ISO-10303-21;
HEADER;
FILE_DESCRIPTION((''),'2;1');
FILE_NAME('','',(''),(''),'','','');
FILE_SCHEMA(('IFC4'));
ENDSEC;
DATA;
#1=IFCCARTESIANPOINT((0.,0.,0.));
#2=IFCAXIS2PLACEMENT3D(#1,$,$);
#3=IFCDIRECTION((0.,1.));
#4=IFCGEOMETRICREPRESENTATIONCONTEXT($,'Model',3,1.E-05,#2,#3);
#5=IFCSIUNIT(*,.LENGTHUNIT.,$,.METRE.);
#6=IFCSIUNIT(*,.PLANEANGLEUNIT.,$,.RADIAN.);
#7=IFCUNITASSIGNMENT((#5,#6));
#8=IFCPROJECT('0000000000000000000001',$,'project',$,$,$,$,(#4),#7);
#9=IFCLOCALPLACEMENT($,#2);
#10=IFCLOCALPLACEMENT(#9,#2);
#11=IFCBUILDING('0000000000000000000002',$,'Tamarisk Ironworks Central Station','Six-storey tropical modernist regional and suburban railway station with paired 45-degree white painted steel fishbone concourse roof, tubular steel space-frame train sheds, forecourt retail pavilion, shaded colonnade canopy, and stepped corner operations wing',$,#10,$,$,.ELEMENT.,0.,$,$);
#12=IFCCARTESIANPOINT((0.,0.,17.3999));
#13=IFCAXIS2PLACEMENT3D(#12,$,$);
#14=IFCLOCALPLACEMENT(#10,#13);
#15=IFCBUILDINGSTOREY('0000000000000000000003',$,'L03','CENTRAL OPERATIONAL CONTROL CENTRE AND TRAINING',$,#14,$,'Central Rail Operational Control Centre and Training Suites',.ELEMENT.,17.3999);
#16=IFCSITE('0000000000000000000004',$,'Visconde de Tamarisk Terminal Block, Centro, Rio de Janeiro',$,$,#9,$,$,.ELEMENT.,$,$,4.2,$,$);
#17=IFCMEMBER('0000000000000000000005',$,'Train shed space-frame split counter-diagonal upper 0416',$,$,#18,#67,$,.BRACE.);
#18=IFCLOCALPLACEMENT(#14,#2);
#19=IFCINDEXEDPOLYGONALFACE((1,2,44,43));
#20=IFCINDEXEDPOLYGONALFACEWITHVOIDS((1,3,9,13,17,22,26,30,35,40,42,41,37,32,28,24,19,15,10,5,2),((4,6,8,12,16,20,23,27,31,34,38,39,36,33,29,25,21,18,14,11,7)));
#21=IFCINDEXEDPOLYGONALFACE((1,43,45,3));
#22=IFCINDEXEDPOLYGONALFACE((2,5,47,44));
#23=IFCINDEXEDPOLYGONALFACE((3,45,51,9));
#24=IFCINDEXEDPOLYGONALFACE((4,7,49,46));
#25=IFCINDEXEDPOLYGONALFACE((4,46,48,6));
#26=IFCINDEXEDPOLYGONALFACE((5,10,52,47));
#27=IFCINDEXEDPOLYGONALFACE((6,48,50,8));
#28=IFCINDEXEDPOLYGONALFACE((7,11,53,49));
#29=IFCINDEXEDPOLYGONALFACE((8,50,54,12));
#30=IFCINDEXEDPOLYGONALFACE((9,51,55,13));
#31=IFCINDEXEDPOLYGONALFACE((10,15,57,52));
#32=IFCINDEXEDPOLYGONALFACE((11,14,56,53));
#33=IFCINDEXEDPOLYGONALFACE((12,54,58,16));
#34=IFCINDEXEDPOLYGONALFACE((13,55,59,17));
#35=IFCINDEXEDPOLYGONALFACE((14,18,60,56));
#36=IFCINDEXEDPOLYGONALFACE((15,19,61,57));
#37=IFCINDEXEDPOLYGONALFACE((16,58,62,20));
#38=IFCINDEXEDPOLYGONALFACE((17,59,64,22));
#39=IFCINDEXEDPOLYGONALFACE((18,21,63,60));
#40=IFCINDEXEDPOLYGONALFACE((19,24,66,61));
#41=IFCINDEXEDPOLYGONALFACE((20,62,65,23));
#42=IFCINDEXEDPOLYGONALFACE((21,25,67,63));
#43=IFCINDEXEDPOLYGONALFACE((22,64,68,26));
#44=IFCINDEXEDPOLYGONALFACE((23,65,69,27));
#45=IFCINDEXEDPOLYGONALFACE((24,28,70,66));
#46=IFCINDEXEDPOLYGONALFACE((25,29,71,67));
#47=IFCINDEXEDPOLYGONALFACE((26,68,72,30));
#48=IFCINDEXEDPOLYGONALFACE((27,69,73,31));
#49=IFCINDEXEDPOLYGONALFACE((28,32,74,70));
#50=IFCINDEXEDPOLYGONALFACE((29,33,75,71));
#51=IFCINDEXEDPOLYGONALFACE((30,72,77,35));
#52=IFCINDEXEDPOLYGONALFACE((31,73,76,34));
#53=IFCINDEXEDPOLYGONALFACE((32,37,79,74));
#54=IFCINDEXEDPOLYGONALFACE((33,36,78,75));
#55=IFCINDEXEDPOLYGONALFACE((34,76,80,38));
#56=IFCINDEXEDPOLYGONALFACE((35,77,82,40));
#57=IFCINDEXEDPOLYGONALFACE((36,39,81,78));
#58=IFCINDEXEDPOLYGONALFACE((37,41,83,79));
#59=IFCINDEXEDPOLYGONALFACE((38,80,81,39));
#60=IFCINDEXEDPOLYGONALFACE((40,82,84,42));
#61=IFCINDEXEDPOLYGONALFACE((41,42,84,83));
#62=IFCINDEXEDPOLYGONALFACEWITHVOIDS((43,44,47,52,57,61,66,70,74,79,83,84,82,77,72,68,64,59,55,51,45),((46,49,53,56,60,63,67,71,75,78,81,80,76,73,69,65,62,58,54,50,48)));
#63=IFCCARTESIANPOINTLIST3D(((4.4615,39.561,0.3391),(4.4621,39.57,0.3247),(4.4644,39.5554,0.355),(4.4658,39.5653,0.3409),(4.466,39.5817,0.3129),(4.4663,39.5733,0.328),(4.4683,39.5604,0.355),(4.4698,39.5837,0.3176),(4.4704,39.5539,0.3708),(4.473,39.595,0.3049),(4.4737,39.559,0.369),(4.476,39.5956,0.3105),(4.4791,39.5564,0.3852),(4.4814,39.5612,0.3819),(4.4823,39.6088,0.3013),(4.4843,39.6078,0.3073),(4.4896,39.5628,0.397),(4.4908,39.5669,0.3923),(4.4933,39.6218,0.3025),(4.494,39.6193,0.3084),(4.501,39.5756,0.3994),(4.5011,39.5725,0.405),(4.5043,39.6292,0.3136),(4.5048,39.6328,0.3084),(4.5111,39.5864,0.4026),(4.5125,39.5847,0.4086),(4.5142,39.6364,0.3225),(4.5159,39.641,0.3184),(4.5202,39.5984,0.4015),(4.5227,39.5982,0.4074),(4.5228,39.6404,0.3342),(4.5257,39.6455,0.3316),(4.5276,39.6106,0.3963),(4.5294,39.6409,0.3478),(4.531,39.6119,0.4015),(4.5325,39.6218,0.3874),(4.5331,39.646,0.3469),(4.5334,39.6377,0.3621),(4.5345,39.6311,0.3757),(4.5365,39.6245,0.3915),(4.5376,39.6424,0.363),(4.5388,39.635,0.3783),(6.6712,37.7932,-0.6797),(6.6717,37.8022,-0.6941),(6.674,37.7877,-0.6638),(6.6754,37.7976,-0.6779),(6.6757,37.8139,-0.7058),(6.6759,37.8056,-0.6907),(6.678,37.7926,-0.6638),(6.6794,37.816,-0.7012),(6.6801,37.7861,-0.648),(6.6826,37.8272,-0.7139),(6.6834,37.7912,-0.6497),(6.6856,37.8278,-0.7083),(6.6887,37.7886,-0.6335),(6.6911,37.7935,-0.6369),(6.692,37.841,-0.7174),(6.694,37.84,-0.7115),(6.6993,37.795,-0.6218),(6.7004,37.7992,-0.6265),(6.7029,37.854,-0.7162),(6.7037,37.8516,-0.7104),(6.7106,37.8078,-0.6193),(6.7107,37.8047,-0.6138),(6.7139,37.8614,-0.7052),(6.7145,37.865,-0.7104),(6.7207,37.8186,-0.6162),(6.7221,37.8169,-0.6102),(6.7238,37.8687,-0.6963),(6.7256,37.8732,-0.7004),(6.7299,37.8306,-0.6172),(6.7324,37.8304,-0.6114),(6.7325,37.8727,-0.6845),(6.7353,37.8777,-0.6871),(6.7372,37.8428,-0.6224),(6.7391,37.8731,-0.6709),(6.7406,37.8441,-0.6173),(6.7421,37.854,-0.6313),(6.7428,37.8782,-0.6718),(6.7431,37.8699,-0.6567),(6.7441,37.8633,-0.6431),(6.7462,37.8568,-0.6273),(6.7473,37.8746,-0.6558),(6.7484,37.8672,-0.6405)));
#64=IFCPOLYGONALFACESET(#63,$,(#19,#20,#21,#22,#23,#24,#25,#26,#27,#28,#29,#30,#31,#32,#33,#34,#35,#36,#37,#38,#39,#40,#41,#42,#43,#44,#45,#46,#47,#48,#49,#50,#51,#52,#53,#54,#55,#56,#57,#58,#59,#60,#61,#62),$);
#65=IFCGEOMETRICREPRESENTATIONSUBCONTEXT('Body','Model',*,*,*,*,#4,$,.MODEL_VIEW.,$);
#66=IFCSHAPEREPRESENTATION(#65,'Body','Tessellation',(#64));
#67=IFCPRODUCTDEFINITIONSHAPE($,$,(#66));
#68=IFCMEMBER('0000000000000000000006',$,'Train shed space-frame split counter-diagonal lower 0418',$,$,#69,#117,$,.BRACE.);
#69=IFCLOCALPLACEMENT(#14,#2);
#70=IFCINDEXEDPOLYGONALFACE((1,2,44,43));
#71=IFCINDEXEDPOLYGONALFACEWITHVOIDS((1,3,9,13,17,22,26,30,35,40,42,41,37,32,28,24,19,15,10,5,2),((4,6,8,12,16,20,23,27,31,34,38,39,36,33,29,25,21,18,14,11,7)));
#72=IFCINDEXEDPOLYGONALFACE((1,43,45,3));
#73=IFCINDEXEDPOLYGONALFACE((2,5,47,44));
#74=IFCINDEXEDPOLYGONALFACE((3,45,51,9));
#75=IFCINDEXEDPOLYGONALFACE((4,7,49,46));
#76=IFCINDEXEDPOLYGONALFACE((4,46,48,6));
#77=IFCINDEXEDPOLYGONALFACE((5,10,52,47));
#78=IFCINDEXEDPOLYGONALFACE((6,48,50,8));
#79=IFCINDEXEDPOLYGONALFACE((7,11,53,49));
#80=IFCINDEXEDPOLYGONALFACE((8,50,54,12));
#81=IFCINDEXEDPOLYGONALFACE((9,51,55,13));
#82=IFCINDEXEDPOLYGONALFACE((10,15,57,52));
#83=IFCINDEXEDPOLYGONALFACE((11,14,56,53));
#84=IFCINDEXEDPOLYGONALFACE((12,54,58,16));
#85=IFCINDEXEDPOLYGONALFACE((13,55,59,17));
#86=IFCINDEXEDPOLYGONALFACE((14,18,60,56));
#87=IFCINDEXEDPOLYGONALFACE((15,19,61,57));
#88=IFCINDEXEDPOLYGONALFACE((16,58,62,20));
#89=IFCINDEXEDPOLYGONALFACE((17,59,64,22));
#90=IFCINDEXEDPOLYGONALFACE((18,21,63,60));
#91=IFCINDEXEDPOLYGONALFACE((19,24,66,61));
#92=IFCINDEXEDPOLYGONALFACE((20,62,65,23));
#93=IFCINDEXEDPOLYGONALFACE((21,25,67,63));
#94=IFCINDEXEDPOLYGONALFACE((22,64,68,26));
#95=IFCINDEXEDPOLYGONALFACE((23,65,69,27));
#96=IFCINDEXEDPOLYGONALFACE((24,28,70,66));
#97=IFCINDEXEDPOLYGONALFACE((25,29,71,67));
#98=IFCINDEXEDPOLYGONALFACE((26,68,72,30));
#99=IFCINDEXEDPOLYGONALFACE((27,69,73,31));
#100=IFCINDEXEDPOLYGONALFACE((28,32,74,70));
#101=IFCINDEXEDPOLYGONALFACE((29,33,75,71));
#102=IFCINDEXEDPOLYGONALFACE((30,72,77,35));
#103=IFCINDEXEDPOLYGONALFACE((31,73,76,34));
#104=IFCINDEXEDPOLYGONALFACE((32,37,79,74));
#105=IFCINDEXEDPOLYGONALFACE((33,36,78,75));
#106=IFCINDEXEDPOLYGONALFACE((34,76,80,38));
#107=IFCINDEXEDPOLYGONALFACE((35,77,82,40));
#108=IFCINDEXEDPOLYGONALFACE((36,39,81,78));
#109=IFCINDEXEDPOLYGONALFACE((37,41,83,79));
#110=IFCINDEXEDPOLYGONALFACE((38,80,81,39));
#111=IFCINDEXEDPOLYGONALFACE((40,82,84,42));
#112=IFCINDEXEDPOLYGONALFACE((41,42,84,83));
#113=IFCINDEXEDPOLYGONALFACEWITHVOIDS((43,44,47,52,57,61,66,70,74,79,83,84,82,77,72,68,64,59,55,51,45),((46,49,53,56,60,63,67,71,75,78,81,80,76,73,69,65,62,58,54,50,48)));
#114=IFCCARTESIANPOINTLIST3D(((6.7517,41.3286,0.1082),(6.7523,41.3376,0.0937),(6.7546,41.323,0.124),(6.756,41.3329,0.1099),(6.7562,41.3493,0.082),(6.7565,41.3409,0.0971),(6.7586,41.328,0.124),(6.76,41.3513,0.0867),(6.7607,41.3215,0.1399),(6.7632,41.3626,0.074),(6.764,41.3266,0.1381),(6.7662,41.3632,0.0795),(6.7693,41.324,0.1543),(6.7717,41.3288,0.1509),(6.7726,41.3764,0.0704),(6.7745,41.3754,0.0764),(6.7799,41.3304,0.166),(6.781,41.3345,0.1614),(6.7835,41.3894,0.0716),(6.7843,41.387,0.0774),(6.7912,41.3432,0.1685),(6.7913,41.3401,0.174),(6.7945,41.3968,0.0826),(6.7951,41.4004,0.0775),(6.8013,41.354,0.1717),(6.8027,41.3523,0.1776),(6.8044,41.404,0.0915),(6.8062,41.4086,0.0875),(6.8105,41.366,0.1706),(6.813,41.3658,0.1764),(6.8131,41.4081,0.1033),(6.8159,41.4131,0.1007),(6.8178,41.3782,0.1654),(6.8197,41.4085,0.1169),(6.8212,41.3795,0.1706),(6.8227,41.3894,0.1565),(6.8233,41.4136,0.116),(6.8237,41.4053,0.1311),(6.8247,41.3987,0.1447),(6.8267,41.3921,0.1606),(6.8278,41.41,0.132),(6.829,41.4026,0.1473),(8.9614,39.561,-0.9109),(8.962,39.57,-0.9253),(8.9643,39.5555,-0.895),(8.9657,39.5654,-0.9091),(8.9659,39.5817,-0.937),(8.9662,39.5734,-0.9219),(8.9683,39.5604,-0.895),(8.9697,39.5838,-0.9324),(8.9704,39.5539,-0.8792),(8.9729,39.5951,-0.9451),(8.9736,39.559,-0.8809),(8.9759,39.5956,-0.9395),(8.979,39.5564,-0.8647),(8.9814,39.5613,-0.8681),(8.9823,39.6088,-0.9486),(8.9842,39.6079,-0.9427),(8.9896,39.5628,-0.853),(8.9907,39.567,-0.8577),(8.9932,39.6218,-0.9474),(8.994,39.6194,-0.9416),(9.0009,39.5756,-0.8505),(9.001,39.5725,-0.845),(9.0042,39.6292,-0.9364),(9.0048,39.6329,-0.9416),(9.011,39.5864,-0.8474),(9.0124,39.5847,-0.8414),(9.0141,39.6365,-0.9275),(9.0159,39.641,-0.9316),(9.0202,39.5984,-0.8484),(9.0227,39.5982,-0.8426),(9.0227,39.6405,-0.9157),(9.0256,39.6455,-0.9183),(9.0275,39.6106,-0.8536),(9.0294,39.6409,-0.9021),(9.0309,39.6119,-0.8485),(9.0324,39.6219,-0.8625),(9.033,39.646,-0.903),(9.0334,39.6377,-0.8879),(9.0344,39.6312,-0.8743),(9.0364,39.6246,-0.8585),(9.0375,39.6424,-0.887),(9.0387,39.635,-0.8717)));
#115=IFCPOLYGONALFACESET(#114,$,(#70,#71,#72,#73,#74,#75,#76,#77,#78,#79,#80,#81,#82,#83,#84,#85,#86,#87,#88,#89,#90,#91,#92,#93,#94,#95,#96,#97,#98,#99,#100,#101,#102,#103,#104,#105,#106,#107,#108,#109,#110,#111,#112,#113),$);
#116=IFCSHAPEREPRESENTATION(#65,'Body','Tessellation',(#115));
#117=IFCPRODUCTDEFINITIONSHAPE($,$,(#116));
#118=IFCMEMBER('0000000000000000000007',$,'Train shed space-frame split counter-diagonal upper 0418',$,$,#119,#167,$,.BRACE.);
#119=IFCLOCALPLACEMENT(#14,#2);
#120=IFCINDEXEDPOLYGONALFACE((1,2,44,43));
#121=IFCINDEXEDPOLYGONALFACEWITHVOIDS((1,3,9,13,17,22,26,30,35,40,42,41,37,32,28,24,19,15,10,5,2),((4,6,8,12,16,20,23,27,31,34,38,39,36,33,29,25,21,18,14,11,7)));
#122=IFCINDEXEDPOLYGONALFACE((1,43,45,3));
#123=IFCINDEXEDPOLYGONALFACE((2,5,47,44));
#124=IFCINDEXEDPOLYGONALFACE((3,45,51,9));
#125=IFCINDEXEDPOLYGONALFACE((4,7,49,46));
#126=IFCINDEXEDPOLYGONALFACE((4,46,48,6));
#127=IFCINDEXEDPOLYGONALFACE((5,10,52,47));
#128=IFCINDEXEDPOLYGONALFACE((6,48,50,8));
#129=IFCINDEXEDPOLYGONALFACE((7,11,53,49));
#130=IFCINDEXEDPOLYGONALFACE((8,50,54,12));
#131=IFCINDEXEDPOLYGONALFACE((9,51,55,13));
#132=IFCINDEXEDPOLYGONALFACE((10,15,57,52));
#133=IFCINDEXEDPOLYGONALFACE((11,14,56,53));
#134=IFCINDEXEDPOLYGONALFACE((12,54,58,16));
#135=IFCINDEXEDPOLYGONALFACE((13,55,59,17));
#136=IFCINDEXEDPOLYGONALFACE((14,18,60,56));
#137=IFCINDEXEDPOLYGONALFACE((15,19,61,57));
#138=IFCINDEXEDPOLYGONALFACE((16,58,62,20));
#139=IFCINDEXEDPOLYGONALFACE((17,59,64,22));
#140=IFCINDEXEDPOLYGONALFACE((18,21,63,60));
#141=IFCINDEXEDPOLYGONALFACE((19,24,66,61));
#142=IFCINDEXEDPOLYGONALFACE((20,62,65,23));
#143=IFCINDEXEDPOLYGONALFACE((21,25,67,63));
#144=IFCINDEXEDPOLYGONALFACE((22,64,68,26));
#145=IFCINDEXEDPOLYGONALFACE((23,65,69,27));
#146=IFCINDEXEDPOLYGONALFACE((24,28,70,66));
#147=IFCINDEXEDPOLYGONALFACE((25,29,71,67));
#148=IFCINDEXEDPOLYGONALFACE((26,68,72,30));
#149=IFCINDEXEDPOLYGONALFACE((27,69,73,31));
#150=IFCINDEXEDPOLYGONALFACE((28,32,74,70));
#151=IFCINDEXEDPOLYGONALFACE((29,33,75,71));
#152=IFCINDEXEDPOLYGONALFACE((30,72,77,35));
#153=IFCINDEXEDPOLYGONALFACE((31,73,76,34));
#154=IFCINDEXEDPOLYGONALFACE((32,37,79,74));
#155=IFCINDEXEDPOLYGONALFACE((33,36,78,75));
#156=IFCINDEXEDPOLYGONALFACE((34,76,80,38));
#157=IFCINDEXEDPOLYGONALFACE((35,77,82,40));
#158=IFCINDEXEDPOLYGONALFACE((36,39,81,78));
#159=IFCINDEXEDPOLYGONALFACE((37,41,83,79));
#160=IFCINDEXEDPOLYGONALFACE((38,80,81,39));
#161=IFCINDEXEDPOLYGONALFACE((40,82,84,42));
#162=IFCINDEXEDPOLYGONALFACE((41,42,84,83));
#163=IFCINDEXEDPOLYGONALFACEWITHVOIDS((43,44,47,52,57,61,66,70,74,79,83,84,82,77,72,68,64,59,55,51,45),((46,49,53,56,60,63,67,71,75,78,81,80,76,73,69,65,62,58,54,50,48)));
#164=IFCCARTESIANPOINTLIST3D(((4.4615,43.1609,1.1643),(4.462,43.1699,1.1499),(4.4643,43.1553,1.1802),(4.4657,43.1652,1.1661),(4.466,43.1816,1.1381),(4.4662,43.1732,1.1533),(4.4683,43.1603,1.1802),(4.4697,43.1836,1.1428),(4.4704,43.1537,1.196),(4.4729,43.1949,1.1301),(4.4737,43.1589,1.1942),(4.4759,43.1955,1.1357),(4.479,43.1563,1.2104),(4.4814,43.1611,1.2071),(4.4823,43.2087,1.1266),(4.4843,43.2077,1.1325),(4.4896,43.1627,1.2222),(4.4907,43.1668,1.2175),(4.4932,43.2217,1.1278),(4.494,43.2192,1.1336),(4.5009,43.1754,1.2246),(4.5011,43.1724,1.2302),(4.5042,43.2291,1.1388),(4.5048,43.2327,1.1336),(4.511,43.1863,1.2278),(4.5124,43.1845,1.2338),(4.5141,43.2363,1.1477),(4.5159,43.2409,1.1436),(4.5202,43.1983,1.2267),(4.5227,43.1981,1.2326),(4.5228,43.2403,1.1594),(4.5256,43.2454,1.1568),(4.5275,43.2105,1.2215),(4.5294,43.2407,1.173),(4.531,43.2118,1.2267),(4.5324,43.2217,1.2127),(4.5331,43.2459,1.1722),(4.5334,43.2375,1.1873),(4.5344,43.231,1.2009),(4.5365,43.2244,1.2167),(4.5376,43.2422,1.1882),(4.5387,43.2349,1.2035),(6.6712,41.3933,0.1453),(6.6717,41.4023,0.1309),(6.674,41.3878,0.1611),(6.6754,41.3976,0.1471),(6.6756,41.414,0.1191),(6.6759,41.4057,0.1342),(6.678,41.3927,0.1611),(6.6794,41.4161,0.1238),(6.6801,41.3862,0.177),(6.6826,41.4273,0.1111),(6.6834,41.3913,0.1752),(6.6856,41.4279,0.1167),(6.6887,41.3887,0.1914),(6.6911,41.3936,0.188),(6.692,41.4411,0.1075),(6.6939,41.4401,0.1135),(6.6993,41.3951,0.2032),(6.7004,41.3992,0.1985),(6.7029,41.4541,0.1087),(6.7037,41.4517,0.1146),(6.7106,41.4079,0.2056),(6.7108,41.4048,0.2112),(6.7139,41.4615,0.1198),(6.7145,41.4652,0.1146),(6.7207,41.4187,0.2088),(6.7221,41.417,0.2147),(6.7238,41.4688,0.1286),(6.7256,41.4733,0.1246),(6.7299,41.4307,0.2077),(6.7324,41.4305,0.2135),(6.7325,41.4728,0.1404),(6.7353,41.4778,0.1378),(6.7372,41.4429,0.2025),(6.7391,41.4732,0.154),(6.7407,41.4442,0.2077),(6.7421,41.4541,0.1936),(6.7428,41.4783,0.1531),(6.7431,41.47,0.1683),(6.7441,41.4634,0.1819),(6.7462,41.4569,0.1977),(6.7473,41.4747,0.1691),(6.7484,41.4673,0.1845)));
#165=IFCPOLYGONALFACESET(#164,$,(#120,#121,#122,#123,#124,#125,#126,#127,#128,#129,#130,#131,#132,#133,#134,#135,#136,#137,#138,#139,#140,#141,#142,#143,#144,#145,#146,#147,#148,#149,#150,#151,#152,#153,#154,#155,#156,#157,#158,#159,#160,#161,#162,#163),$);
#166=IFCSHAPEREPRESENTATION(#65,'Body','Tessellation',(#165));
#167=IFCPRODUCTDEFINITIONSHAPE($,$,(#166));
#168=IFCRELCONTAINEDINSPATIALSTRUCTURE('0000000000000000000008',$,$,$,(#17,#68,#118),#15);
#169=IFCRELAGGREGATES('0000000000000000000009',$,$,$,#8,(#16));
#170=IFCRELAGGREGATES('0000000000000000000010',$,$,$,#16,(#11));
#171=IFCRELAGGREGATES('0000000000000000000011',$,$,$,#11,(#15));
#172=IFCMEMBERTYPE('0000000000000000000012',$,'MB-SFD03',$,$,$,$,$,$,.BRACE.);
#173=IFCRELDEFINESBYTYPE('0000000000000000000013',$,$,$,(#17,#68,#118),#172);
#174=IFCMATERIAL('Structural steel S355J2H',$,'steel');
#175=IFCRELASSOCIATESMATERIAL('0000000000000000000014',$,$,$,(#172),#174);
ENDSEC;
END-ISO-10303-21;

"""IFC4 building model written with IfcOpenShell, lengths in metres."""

from ifc_helpers import new_model, si_unit, direction, frame, origin, origin_2d, place, context, subcontext, project, spatial, hollow_circle, extrude, material, material_profile, profile_set, type_object, element, save


model = new_model("IFC4")

# Units and contexts
model_context = context("Model", 3, precision=1e-05, world=origin(), true_north=direction((0.0, 1.0)))
body_context = subcontext(model_context, "Body", "Model", "MODEL_VIEW")
ifc_project = project(units=[si_unit("LENGTHUNIT", "METRE"), si_unit("PLANEANGLEUNIT", "RADIAN")], contexts=[model_context])

# Site, building, storey
site_placement = place(None, origin())
site = spatial("IfcSite", under=ifc_project, at=site_placement, Name="Visconde de Tamarisk Terminal Block, Centro, Rio de Janeiro", CompositionType="ELEMENT", RefElevation=4.2)
building_placement = place(site_placement, origin())
building = spatial("IfcBuilding", under=site, at=building_placement, Name="Tamarisk Ironworks Central Station", Description="Six-storey tropical modernist regional and suburban railway station with paired 45-degree white painted steel fishbone concourse roof, tubular steel space-frame train sheds, forecourt retail pavilion, shaded colonnade canopy, and stepped corner operations wing", CompositionType="ELEMENT", ElevationOfRefHeight=0.0)
storey_placement = place(building_placement, frame((0.0, 0.0, 17.3999)))
storey = spatial("IfcBuildingStorey", under=building, at=storey_placement, Name="L03", Description="CENTRAL OPERATIONAL CONTROL CENTRE AND TRAINING", LongName="Central Rail Operational Control Centre and Training Suites", CompositionType="ELEMENT", Elevation=17.3999)

# Members
ifc_material_1 = material(Name="Structural steel S355J2H", Category="steel")
ifc_material_profile_1 = material_profile(ifc_material_1, hollow_circle(Radius=0.0571, WallThickness=0.0063, at=origin_2d()), Name="CHS 114.3x6.3")
ifc_profile_set_1 = profile_set([ifc_material_profile_1], Name="Structural steel S355J2H")
member_type_1 = type_object("IfcMemberType", Name="MB-SFD03", PredefinedType="BRACE", material=ifc_profile_set_1)
for number, where, z_axis, x_axis, name in (
    (1, (6.7097, 37.8323, -0.6638), (-0.734697, 0.587774, 0.338735), (-0.624706, -0.78086, 0.0), "Train shed space-frame split counter-diagonal upper 0416"),
    (2, (9.0, 39.6001, -0.895), (-0.734712, 0.587705, 0.338823), (-0.624653, -0.780902, 0.0), "Train shed space-frame split counter-diagonal lower 0418"),
    (3, (6.7097, 41.4324, 0.1611), (-0.734712, 0.587705, 0.338823), (-0.624653, -0.780902, 0.0), "Train shed space-frame split counter-diagonal upper 0418"),
):
    element("IfcMember", number, at=place(storey_placement, frame(where, z_axis=z_axis, x_axis=x_axis)), inside=storey, type_object=member_type_1, Name=name, PredefinedType="BRACE", context=body_context, shape_type="SweptSolid", body=[
        extrude(hollow_circle(Radius=0.0571, WallThickness=0.0063, at=origin_2d()), origin(), (0.0, 0.0, 1.0), 3.0076),
    ])

save(model, "model.ifc")
